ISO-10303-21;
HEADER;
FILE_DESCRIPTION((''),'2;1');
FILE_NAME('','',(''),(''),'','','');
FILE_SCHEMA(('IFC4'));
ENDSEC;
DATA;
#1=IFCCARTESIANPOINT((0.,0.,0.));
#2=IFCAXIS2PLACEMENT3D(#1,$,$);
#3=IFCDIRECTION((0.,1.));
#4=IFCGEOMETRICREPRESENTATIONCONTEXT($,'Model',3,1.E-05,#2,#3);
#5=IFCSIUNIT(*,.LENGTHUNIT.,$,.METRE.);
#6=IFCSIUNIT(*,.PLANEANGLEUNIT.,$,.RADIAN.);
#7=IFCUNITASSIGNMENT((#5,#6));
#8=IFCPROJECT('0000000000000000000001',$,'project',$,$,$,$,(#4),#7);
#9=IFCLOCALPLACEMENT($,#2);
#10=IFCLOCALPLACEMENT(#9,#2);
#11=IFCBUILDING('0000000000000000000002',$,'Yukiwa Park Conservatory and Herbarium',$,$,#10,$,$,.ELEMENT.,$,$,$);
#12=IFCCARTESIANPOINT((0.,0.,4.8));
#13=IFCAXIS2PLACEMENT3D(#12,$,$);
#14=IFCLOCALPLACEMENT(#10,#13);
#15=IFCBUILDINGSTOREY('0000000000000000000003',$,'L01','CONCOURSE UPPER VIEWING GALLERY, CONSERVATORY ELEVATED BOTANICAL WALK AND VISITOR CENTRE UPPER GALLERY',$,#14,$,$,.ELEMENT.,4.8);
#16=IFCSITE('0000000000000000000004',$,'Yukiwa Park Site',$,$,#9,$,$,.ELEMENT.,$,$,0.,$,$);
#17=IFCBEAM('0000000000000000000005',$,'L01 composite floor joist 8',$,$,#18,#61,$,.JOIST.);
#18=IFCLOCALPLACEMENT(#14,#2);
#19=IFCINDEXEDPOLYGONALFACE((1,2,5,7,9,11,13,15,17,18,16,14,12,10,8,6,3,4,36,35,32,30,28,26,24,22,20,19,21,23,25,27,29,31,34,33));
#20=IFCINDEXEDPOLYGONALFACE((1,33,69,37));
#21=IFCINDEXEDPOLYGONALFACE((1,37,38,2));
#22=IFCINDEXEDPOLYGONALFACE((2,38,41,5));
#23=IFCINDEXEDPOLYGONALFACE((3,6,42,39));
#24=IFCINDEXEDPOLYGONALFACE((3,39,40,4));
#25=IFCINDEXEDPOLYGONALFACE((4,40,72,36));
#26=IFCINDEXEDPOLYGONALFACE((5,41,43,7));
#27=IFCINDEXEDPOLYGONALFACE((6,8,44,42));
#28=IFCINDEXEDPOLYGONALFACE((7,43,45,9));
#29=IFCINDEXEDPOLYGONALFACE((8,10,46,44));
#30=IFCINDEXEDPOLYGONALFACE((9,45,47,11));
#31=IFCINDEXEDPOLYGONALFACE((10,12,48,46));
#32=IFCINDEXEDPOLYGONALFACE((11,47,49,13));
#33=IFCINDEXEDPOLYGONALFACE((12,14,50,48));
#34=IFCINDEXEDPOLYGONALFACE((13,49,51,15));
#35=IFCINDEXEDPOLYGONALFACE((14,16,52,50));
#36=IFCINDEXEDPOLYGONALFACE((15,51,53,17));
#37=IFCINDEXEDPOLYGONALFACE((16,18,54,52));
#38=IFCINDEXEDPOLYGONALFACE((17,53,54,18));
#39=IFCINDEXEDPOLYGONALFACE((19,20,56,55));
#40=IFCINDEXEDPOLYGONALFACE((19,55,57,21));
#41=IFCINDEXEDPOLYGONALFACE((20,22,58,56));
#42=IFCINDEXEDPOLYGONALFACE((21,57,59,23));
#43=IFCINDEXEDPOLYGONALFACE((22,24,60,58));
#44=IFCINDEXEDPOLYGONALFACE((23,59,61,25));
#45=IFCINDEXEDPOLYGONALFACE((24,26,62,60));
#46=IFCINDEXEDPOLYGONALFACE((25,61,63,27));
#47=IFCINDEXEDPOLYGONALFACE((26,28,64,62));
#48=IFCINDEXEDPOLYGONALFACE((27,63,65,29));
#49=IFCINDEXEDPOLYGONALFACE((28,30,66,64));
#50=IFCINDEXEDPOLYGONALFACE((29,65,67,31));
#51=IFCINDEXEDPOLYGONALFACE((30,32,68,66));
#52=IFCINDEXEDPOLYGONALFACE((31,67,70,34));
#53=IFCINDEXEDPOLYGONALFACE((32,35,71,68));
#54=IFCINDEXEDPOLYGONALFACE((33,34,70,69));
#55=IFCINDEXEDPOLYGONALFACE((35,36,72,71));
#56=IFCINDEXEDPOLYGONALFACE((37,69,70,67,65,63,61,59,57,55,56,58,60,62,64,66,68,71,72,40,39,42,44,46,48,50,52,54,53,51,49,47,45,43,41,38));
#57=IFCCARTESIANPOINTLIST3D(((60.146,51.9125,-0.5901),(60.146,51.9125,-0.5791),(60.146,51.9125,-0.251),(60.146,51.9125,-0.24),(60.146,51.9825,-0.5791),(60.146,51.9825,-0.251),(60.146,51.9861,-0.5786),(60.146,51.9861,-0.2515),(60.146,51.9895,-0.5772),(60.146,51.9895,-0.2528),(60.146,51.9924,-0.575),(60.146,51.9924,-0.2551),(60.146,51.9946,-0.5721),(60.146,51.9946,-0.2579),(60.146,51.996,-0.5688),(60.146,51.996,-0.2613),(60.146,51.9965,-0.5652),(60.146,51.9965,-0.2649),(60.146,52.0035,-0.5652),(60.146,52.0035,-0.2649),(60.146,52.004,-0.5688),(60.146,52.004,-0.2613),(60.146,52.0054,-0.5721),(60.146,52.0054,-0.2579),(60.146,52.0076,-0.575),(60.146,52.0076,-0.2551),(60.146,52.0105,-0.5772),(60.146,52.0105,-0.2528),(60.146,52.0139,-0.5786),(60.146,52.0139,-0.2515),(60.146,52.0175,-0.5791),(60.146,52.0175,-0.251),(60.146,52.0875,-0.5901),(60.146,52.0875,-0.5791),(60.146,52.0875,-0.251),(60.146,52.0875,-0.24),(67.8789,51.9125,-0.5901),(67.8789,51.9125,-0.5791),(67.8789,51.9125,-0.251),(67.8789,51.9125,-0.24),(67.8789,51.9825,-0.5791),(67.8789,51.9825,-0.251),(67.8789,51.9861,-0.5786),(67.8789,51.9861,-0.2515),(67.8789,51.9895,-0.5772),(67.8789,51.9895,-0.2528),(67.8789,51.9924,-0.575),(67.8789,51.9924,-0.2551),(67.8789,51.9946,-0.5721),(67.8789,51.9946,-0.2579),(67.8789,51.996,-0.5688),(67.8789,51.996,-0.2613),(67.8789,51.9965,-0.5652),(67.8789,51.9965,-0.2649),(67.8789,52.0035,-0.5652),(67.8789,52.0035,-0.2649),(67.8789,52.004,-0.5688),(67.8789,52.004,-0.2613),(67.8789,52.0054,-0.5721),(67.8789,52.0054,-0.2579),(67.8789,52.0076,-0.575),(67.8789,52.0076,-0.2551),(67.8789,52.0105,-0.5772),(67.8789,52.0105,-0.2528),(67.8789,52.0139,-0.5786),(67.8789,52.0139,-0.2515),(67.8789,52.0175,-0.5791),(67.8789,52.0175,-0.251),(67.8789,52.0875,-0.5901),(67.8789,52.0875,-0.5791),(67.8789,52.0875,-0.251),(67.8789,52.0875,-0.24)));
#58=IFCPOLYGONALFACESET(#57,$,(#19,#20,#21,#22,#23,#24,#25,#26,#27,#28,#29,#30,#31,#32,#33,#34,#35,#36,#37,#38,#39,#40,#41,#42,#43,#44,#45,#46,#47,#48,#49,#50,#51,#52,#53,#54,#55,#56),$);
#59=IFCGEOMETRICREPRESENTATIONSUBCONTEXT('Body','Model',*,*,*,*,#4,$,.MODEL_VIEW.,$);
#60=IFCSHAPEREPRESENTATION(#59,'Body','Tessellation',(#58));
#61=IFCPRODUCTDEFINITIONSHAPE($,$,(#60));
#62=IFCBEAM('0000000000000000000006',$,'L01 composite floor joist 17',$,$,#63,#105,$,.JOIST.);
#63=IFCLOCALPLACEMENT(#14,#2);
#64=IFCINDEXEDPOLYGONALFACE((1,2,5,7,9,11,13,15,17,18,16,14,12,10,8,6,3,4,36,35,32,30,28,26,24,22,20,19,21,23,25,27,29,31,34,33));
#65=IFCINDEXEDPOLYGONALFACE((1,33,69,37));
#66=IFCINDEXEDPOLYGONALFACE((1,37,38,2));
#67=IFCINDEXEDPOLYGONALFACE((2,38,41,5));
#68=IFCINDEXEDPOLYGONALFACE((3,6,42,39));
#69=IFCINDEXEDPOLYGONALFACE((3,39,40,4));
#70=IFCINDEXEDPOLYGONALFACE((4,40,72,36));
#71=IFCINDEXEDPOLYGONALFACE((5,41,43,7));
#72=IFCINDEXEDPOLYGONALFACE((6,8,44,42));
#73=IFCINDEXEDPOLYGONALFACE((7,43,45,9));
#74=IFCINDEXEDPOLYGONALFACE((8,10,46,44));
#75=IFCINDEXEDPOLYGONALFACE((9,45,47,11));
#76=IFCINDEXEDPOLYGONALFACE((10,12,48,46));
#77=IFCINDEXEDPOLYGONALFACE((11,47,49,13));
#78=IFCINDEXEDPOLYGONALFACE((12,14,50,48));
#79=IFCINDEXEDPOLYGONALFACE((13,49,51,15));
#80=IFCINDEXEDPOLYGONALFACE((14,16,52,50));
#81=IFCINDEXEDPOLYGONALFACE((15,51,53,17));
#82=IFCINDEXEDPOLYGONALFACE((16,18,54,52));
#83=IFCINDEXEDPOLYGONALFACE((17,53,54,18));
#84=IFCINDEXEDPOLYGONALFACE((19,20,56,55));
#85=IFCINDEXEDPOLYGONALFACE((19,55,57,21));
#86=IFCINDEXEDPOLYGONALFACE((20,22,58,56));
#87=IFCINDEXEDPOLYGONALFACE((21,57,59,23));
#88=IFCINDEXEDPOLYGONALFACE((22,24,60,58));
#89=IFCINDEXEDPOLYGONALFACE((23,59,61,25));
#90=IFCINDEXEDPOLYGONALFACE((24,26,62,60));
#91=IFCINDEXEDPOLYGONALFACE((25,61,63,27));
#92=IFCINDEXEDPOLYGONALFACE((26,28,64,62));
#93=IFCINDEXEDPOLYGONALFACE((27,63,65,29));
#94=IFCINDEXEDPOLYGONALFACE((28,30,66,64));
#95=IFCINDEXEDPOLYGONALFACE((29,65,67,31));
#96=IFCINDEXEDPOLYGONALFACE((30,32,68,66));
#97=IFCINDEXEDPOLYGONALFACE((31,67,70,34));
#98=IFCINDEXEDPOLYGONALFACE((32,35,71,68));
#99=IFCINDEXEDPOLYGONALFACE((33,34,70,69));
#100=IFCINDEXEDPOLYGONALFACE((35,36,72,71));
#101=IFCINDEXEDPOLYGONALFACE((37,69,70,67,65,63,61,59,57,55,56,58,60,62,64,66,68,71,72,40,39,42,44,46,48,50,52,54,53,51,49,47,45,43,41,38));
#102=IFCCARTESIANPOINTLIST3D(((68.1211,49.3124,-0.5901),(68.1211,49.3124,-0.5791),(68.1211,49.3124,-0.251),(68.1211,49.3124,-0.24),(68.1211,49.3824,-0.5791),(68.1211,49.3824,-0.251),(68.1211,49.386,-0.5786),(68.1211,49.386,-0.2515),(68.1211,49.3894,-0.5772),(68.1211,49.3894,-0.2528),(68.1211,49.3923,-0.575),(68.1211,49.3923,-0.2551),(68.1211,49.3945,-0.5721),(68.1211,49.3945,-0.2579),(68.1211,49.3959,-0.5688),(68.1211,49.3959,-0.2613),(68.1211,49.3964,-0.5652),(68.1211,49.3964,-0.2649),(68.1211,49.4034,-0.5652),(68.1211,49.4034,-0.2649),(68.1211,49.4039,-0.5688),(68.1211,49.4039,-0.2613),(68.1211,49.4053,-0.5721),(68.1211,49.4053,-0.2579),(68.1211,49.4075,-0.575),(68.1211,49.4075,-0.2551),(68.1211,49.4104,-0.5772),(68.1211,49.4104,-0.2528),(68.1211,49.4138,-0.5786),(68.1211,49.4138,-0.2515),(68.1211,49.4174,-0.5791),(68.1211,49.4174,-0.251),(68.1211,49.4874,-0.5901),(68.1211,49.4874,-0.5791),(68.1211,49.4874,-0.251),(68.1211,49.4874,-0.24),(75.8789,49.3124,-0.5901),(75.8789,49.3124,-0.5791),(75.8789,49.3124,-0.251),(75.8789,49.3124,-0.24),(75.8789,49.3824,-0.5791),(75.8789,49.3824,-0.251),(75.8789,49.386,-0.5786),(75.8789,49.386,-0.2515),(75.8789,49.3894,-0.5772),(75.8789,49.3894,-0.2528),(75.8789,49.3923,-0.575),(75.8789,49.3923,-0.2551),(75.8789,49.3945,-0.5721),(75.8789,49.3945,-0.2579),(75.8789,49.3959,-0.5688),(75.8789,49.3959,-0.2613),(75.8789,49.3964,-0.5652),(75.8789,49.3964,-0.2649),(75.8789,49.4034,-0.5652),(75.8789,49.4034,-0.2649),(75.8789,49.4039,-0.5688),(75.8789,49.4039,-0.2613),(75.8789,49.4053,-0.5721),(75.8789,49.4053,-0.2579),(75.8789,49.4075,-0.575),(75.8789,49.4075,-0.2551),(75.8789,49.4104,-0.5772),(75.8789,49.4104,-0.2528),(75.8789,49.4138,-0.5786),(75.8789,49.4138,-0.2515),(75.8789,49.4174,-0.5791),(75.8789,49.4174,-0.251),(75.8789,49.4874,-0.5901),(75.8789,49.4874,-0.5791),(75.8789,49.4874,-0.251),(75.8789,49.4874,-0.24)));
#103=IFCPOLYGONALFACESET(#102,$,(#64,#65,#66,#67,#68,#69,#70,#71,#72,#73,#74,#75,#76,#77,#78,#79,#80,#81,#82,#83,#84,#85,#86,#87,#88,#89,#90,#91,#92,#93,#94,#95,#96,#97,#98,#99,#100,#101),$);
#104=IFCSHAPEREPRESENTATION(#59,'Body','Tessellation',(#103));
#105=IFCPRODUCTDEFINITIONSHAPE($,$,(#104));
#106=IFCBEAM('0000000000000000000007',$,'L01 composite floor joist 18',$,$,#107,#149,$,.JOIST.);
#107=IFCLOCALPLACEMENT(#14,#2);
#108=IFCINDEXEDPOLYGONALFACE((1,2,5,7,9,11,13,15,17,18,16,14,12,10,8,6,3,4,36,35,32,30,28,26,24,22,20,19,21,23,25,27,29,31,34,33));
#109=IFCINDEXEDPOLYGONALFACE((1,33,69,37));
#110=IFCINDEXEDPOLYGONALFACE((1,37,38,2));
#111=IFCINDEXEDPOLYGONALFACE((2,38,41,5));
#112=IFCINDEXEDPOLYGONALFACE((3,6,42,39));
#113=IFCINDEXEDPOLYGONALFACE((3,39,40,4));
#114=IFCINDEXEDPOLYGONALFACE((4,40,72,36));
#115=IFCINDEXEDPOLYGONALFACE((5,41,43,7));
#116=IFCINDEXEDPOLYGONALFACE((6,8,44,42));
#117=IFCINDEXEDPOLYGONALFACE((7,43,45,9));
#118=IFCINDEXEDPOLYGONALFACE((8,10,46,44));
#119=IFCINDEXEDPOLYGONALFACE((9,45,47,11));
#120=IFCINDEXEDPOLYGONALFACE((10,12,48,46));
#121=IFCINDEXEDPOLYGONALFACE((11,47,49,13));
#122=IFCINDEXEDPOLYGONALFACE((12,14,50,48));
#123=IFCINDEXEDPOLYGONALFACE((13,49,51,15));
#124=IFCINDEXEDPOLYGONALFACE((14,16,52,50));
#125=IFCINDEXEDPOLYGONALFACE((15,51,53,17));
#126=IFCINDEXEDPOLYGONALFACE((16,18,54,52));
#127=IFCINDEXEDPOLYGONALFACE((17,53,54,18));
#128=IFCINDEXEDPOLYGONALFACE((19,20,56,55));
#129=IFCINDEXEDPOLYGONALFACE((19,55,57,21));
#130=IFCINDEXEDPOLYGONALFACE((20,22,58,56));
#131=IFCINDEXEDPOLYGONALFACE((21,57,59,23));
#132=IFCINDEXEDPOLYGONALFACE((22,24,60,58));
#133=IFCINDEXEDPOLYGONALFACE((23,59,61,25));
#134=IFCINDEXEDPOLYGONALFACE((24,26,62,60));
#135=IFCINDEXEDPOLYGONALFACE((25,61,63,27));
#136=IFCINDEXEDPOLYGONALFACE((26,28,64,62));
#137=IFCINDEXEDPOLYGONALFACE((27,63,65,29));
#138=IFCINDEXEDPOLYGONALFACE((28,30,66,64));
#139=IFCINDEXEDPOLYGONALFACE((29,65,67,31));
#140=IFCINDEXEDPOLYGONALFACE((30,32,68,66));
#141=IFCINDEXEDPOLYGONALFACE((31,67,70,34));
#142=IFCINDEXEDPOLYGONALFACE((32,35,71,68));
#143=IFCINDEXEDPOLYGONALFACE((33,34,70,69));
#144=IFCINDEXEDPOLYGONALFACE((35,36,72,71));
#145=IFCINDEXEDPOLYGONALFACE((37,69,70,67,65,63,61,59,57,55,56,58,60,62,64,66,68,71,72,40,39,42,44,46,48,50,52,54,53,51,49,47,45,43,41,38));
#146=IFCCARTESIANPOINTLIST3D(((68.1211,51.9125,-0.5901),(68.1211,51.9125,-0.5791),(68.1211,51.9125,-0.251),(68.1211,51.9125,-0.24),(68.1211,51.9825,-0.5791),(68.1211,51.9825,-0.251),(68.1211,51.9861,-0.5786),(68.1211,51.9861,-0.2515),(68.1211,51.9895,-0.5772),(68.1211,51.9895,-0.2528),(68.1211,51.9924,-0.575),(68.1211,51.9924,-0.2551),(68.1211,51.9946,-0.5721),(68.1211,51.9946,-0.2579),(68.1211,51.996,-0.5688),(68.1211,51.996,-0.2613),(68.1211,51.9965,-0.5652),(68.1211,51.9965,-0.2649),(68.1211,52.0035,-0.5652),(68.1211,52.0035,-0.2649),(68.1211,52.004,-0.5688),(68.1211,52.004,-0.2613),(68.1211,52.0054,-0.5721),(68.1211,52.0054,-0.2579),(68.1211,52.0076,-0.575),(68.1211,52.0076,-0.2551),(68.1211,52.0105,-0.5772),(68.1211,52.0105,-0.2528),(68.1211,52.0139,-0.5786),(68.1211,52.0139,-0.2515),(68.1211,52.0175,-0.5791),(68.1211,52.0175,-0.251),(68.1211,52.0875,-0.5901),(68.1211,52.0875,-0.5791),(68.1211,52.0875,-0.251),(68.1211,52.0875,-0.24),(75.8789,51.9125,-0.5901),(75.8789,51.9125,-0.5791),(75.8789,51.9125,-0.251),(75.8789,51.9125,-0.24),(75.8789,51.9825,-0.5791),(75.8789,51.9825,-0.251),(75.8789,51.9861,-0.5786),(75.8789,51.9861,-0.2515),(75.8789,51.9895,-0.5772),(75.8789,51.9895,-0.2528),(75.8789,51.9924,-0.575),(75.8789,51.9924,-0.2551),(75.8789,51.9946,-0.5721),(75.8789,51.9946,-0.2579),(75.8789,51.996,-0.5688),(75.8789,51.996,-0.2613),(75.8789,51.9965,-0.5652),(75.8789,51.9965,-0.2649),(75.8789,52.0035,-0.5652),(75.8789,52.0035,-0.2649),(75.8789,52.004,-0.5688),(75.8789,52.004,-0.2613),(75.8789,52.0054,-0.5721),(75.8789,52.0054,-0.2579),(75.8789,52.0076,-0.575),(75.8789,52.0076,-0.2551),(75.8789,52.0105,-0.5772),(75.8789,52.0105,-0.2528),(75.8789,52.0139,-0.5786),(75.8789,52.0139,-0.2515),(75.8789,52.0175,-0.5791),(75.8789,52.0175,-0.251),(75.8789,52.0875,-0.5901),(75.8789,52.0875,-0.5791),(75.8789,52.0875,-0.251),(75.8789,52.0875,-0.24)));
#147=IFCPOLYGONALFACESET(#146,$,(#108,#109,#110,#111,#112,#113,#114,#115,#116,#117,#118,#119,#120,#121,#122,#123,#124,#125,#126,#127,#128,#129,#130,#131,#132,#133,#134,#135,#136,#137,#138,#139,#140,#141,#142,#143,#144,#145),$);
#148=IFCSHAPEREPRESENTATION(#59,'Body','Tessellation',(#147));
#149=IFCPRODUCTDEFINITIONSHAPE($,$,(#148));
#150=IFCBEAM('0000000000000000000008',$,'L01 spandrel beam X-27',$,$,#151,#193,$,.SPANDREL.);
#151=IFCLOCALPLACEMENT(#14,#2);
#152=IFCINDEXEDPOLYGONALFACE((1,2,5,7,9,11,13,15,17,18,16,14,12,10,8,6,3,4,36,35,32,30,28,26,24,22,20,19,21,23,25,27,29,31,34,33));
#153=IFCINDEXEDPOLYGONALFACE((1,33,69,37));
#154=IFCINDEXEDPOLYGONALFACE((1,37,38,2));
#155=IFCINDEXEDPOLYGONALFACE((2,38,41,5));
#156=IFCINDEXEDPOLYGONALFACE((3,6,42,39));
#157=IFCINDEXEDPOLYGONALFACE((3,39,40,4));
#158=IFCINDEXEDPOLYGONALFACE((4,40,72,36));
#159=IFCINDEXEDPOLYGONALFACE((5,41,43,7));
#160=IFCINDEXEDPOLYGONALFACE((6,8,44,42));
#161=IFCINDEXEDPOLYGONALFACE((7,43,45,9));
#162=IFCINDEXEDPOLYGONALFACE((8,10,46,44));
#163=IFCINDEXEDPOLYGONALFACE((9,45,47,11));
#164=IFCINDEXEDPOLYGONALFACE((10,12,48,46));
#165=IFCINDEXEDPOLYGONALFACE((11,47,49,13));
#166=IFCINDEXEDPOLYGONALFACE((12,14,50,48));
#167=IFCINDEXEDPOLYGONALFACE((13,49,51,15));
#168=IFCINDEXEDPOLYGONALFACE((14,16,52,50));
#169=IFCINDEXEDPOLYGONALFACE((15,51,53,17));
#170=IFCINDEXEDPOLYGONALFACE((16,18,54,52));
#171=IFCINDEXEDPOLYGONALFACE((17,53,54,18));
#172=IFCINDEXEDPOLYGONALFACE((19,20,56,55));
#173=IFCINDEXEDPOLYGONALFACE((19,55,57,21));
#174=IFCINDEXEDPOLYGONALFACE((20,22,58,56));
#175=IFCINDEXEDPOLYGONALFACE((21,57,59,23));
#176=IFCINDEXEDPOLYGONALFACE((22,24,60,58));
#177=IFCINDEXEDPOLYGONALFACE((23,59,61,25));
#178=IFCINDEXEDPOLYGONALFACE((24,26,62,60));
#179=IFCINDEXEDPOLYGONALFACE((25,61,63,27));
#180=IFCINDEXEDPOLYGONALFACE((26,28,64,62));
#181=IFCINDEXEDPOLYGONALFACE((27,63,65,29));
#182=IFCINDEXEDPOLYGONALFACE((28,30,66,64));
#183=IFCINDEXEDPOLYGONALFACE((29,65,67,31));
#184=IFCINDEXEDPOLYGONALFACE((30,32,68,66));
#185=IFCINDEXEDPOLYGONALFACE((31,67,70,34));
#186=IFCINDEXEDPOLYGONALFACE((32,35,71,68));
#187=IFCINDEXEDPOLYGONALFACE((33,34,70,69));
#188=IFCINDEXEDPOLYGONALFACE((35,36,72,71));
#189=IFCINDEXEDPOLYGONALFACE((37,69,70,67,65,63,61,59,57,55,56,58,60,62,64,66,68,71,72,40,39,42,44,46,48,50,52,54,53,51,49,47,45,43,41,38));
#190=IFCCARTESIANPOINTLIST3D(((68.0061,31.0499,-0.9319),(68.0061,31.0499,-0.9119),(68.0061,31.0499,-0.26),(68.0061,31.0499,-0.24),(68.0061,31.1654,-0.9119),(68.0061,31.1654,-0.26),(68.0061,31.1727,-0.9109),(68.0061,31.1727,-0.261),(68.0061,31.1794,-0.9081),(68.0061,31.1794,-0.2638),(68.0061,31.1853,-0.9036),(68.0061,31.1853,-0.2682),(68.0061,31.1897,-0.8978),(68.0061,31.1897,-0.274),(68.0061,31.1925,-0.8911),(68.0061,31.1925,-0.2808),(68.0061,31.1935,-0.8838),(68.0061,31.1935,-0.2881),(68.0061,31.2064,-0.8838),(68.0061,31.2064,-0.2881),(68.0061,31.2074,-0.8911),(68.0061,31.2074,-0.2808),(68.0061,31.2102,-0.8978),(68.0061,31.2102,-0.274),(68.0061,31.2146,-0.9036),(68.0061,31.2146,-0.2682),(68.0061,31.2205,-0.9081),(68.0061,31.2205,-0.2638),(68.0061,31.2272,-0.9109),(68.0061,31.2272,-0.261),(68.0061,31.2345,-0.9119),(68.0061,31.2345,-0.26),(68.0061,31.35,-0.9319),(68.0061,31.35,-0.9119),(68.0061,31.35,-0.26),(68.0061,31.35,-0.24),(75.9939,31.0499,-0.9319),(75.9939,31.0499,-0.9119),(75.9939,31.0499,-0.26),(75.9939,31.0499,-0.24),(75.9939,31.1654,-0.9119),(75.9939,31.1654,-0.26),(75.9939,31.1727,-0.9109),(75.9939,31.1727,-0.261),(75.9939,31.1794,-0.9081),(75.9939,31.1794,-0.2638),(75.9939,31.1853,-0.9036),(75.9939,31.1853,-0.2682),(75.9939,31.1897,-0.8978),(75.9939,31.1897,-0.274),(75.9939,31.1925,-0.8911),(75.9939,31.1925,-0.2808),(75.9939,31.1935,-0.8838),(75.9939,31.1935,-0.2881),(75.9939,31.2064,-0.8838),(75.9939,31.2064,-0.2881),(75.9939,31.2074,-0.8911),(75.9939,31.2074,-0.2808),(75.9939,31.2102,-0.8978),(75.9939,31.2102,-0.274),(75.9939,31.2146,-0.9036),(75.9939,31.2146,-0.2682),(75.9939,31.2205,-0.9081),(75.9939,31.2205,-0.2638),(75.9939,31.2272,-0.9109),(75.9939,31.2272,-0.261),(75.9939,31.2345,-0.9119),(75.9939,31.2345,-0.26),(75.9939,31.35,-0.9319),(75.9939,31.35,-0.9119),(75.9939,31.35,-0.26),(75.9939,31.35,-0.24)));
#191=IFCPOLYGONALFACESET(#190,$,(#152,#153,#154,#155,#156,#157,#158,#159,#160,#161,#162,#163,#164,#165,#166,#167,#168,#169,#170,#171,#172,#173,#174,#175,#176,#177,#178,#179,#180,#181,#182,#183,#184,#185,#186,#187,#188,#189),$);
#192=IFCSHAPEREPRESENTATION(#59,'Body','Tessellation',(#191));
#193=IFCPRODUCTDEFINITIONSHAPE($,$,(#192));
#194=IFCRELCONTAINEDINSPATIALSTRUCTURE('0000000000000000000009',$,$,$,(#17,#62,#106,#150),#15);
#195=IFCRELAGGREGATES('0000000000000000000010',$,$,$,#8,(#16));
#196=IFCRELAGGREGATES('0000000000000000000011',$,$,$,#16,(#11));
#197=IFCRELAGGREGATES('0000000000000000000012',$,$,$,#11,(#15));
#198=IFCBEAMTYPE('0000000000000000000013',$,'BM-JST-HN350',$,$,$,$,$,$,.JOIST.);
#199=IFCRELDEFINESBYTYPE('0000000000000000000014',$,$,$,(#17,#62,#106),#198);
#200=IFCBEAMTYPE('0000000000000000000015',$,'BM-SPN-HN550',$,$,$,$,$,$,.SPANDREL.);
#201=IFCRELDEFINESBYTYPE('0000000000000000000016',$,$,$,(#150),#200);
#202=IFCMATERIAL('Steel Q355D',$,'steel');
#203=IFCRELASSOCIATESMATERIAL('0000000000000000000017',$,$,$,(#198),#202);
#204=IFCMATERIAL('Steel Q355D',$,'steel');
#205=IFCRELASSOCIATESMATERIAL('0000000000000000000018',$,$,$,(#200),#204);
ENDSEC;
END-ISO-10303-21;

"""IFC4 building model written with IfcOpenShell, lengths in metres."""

from ifc_helpers import new_model, si_unit, direction, frame, origin, origin_2d, place, context, subcontext, project, spatial, i_section, extrude, material, material_profile, profile_set, type_object, element, save


model = new_model("IFC4")

# Units and contexts
model_context = context("Model", 3, precision=1e-05, world=origin(), true_north=direction((0.0, 1.0)))
body_context = subcontext(model_context, "Body", "Model", "MODEL_VIEW")
ifc_project = project(units=[si_unit("LENGTHUNIT", "METRE"), si_unit("PLANEANGLEUNIT", "RADIAN")], contexts=[model_context])

# Site, building, storey
site_placement = place(None, origin())
site = spatial("IfcSite", under=ifc_project, at=site_placement, Name="Yukiwa Park Site", CompositionType="ELEMENT", RefElevation=0.0)
building_placement = place(site_placement, origin())
building = spatial("IfcBuilding", under=site, at=building_placement, Name="Yukiwa Park Conservatory and Herbarium", CompositionType="ELEMENT")
storey_placement = place(building_placement, frame((0.0, 0.0, 4.8)))
storey = spatial("IfcBuildingStorey", under=building, at=storey_placement, Name="L01", Description="CONCOURSE UPPER VIEWING GALLERY, CONSERVATORY ELEVATED BOTANICAL WALK AND VISITOR CENTRE UPPER GALLERY", CompositionType="ELEMENT", Elevation=4.8)

# Beams
ifc_material_1 = material(Name="Steel Q355D", Category="steel")
ifc_material_profile_1 = material_profile(ifc_material_1, i_section(OverallWidth=0.175, OverallDepth=0.3501, WebThickness=0.0071, FlangeThickness=0.011, FilletRadius=0.0139, at=origin_2d()), Name="HN 350x175x7x11")
ifc_profile_set_1 = profile_set([ifc_material_profile_1], Name="Steel Q355D")
beam_type_1 = type_object("IfcBeamType", Name="BM-JST-HN350", PredefinedType="JOIST", material=ifc_profile_set_1)
for number, where, z_axis, x_axis, name in (
    (1, (60.146, 52.0, -0.415), (1.0, 0.0, 0.0), (0.0, 1.0, 0.0), "L01 composite floor joist 8"),
):
    element("IfcBeam", number, at=place(storey_placement, frame(where, z_axis=z_axis, x_axis=x_axis)), inside=storey, type_object=beam_type_1, Name=name, PredefinedType="JOIST", context=body_context, shape_type="SweptSolid", body=[
        extrude(i_section(OverallWidth=0.175, OverallDepth=0.3501, WebThickness=0.0071, FlangeThickness=0.011, FilletRadius=0.0139, at=origin_2d()), origin(), (0.0, 0.0, 1.0), 7.7329),
    ])
for number, where, z_axis, x_axis, name in (
    (2, (68.1211, 49.3999, -0.415), (1.0, 0.0, 0.0), (0.0, 1.0, 0.0), "L01 composite floor joist 17"),
    (3, (68.1211, 52.0, -0.415), (1.0, 0.0, 0.0), (0.0, 1.0, 0.0), "L01 composite floor joist 18"),
):
    element("IfcBeam", number, at=place(storey_placement, frame(where, z_axis=z_axis, x_axis=x_axis)), inside=storey, type_object=beam_type_1, Name=name, PredefinedType="JOIST", context=body_context, shape_type="SweptSolid", body=[
        extrude(i_section(OverallWidth=0.175, OverallDepth=0.3501, WebThickness=0.0071, FlangeThickness=0.011, FilletRadius=0.0139, at=origin_2d()), origin(), (0.0, 0.0, 1.0), 7.7578),
    ])
ifc_material_2 = material(Name="Steel Q355D", Category="steel")
ifc_material_profile_2 = material_profile(ifc_material_2, i_section(OverallWidth=0.3, OverallDepth=0.6919, WebThickness=0.0129, FlangeThickness=0.02, FilletRadius=0.0281, at=origin_2d()), Name="HN 692x300x13x20")
ifc_profile_set_2 = profile_set([ifc_material_profile_2], Name="Steel Q355D")
beam_type_2 = type_object("IfcBeamType", Name="BM-SPN-HN550", PredefinedType="SPANDREL", material=ifc_profile_set_2)
beam_placement = place(storey_placement, frame((68.0061, 31.2, -0.5859), z_axis=(1.0, 0.0, 0.0), x_axis=(0.0, 1.0, 0.0)))
element("IfcBeam", 4, at=beam_placement, inside=storey, type_object=beam_type_2, Name="L01 spandrel beam X-27", PredefinedType="SPANDREL", context=body_context, shape_type="SweptSolid", body=[
    extrude(i_section(OverallWidth=0.3, OverallDepth=0.6919, WebThickness=0.0129, FlangeThickness=0.02, FilletRadius=0.0281, at=origin_2d()), origin(), (0.0, 0.0, 1.0), 7.9878),
])

save(model, "model.ifc")
